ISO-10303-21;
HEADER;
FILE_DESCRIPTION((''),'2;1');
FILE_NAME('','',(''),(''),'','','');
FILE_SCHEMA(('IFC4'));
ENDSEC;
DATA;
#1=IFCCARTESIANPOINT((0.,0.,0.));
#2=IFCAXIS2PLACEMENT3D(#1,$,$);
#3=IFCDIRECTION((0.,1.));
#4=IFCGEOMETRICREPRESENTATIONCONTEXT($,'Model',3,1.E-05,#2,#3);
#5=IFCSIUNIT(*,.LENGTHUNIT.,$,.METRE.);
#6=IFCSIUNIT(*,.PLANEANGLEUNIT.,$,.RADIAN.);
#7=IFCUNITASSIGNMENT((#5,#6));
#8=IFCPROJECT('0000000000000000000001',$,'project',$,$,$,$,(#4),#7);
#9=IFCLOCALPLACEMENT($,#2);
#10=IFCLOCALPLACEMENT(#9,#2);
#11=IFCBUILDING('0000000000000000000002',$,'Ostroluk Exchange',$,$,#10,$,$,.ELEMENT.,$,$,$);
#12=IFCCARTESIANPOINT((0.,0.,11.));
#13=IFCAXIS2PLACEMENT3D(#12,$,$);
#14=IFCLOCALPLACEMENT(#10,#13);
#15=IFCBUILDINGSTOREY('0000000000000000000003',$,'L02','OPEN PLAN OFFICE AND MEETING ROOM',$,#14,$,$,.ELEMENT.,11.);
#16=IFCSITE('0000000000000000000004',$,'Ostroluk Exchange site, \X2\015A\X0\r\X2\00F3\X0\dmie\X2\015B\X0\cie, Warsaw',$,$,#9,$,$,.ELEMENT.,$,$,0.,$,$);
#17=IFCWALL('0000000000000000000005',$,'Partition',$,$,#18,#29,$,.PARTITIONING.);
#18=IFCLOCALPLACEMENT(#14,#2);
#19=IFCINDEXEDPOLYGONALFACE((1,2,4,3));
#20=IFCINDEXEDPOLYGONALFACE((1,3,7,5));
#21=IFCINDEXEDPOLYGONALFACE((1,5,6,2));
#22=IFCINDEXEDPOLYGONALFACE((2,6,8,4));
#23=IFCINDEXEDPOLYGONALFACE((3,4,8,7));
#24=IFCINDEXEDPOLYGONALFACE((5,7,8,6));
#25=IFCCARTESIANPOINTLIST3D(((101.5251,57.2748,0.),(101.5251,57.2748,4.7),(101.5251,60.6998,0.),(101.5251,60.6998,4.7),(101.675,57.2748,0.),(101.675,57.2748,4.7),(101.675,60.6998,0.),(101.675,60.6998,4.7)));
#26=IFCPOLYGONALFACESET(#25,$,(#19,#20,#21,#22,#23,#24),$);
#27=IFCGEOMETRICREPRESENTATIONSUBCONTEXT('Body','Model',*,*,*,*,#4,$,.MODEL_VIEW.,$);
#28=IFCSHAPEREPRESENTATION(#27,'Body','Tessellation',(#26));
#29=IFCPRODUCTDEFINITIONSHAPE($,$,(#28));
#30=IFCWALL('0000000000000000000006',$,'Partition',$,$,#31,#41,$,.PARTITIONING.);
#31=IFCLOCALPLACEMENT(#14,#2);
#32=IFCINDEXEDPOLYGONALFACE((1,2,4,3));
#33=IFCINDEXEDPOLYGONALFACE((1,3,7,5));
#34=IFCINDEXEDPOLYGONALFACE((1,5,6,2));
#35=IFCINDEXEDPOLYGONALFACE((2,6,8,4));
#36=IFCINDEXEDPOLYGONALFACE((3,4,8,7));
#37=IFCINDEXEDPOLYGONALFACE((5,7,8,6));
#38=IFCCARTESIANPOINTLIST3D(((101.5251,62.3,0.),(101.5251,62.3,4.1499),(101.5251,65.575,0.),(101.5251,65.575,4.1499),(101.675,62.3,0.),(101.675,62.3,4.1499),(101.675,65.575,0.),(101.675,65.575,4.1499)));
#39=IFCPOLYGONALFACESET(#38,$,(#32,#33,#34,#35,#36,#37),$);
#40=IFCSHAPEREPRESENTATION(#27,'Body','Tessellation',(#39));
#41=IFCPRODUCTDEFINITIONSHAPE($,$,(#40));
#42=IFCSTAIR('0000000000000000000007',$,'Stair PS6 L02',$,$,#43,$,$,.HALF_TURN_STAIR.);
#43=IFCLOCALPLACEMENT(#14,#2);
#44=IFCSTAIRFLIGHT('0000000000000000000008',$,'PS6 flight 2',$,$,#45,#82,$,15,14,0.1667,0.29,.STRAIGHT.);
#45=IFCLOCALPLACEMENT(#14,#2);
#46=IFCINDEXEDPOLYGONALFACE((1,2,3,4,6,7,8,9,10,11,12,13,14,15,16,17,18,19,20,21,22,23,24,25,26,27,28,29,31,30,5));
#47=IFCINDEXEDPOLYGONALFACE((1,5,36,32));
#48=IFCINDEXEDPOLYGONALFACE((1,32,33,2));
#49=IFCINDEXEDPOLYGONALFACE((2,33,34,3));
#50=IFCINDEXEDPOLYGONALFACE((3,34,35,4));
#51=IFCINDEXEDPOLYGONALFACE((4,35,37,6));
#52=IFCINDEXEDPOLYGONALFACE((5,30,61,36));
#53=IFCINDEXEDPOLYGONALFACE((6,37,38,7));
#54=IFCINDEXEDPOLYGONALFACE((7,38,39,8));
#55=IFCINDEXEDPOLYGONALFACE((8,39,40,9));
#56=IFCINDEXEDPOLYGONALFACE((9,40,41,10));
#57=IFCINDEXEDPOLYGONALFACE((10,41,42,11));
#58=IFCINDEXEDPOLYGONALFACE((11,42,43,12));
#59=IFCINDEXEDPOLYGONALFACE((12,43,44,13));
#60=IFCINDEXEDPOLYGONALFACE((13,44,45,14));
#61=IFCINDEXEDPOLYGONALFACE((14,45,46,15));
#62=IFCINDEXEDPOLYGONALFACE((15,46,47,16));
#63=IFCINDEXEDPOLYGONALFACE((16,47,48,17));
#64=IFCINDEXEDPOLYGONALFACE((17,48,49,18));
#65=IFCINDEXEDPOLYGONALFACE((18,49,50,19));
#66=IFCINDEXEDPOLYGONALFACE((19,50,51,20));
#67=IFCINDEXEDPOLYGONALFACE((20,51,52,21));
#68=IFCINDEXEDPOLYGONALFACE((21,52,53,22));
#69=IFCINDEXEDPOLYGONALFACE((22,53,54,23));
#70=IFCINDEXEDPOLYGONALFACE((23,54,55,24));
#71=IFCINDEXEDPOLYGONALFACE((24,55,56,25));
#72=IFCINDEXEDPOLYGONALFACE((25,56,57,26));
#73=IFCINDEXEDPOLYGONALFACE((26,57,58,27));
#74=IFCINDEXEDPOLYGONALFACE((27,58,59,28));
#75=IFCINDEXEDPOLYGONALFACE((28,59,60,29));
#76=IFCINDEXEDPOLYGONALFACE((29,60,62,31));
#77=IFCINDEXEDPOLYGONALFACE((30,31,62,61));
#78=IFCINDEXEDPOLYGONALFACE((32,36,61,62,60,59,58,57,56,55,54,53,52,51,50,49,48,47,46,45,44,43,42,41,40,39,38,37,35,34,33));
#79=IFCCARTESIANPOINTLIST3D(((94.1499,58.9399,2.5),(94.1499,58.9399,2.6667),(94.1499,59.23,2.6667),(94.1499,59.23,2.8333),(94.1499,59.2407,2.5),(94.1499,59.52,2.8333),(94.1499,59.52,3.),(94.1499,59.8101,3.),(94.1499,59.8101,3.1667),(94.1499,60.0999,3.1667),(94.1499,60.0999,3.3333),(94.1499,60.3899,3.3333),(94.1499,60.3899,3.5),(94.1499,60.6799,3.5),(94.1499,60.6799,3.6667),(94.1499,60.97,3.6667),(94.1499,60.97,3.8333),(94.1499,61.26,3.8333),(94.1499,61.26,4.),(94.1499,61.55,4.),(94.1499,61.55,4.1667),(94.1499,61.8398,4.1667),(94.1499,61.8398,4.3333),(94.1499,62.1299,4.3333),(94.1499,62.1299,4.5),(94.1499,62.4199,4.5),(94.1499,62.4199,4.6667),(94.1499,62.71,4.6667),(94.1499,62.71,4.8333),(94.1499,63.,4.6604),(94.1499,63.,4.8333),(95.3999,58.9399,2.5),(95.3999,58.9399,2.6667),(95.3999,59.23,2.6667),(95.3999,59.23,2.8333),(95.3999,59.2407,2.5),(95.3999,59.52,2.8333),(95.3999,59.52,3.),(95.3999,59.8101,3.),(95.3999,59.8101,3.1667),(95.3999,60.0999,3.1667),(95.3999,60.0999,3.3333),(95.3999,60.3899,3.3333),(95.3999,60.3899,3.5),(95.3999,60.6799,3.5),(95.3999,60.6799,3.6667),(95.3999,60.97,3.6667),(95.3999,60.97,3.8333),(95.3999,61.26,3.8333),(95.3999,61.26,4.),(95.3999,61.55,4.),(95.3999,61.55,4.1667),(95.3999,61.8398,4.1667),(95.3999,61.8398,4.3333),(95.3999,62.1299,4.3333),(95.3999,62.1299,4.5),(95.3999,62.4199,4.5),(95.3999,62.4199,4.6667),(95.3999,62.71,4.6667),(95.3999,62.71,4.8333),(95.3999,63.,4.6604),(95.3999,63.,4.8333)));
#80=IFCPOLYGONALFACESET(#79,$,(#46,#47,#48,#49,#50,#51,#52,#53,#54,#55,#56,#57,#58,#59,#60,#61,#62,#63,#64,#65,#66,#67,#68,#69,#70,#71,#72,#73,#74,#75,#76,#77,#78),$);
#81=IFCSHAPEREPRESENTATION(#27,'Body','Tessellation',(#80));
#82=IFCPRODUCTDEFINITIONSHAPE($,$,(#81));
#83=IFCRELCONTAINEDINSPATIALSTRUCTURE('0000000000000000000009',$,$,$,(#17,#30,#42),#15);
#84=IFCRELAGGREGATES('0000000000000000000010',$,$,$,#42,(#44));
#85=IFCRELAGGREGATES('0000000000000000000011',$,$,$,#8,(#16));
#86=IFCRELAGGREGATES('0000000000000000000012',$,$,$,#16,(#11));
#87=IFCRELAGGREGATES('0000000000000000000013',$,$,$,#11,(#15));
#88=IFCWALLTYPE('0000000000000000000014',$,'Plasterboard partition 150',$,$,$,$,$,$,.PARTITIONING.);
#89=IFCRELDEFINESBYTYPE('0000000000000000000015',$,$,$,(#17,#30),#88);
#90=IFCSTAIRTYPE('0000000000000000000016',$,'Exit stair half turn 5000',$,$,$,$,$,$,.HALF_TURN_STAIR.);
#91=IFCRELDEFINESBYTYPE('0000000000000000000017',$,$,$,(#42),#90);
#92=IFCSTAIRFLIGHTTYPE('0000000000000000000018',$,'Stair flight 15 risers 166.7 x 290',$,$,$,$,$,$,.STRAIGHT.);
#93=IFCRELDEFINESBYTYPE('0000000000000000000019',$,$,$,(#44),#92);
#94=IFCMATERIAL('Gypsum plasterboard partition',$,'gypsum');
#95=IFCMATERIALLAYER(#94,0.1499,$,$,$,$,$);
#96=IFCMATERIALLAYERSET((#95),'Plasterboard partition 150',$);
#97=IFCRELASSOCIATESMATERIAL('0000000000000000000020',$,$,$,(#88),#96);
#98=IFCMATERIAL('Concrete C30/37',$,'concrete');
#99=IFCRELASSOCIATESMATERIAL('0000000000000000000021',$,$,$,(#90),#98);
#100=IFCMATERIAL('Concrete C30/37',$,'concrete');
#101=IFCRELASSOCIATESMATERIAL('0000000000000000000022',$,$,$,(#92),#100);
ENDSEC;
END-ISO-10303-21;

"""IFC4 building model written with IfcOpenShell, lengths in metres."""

from ifc_helpers import new_model, si_unit, direction, frame, frame_2d, origin, place, context, subcontext, project, spatial, polyline, rectangle, outline, extrude, material, layer, layer_set, type_object, element, aggregate, save


model = new_model("IFC4")

# Units and contexts
model_context = context("Model", 3, precision=1e-05, world=origin(), true_north=direction((0.0, 1.0)))
body_context = subcontext(model_context, "Body", "Model", "MODEL_VIEW")
ifc_project = project(units=[si_unit("LENGTHUNIT", "METRE"), si_unit("PLANEANGLEUNIT", "RADIAN")], contexts=[model_context])

# Site, building, storey
site_placement = place(None, origin())
site = spatial("IfcSite", under=ifc_project, at=site_placement, Name="Ostroluk Exchange site, Śródmieście, Warsaw", CompositionType="ELEMENT", RefElevation=0.0)
building_placement = place(site_placement, origin())
building = spatial("IfcBuilding", under=site, at=building_placement, Name="Ostroluk Exchange", CompositionType="ELEMENT")
storey_placement = place(building_placement, frame((0.0, 0.0, 11.0)))
storey = spatial("IfcBuildingStorey", under=building, at=storey_placement, Name="L02", Description="OPEN PLAN OFFICE AND MEETING ROOM", CompositionType="ELEMENT", Elevation=11.0)

# Walls
ifc_material_1 = material(Name="Gypsum plasterboard partition", Category="gypsum")
ifc_layer_1 = layer(ifc_material_1, 0.1499)
ifc_layer_set_1 = layer_set([ifc_layer_1], Name="Plasterboard partition 150")
wall_type_1 = type_object("IfcWallType", Name="Plasterboard partition 150", PredefinedType="PARTITIONING", material=ifc_layer_set_1)
wall_1_placement = place(storey_placement, frame((101.6001, 57.2749, 0.0), z_axis=(0.0, 0.0, 1.0), x_axis=(0.0, 1.0, 0.0)))
element("IfcWall", 1, at=wall_1_placement, inside=storey, type_object=wall_type_1, Name="Partition", PredefinedType="PARTITIONING", context=body_context, shape_type="SweptSolid", body=[
    extrude(rectangle(XDim=3.425, YDim=0.1499, at=frame_2d((1.7124, 0.0))), origin(), (0.0, 0.0, 1.0), 4.7),
])
wall_2_placement = place(storey_placement, frame((101.6001, 62.3, 0.0), z_axis=(0.0, 0.0, 1.0), x_axis=(0.0, 1.0, 0.0)))
element("IfcWall", 2, at=wall_2_placement, inside=storey, type_object=wall_type_1, Name="Partition", PredefinedType="PARTITIONING", context=body_context, shape_type="SweptSolid", body=[
    extrude(rectangle(XDim=3.2749, YDim=0.1499, at=frame_2d((1.6375, 0.0))), origin(), (0.0, 0.0, 1.0), 4.1499),
])

# Stair, stair flight
ifc_material_2 = material(Name="Concrete C30/37", Category="concrete")
stair_type = type_object("IfcStairType", Name="Exit stair half turn 5000", PredefinedType="HALF_TURN_STAIR", material=ifc_material_2)
stair_placement = place(storey_placement, origin())
stair = element("IfcStair", 3, at=stair_placement, inside=storey, type_object=stair_type, Name="Stair PS6 L02", PredefinedType="HALF_TURN_STAIR")
ifc_material_3 = material(Name="Concrete C30/37", Category="concrete")
stair_flight_type = type_object("IfcStairFlightType", Name="Stair flight 15 risers 166.7 x 290", PredefinedType="STRAIGHT", material=ifc_material_3)
stair_flight_placement = place(storey_placement, frame((94.7749, 58.9399, 2.5), z_axis=(0.0, 0.0, 1.0), x_axis=(0.0, 1.0, 0.0)))
stair_flight = element("IfcStairFlight", 4, at=stair_flight_placement, type_object=stair_flight_type, Name="PS6 flight 2", NumberOfRisers=15, NumberOfTreads=14, PredefinedType="STRAIGHT", RiserHeight=0.1667, TreadLength=0.29, context=body_context, shape_type="SweptSolid", body=[
    extrude(outline(polyline([(0.0, 0.0), (0.0, 0.1667), (0.29, 0.1667), (0.29, 0.3333), (0.5801, 0.3333), (0.5801, 0.5), (0.8701, 0.5), (0.8701, 0.6667), (1.1599, 0.6667), (1.1599, 0.8333), (1.45, 0.8333), (1.45, 1.0), (1.74, 1.0), (1.74, 1.1667), (2.03, 1.1667), (2.03, 1.3333), (2.3201, 1.3333), (2.3201, 1.5), (2.6101, 1.5), (2.6101, 1.6667), (2.8999, 1.6667), (2.8999, 1.8333), (3.1899, 1.8333), (3.1899, 2.0), (3.48, 2.0), (3.48, 2.1667), (3.77, 2.1667), (3.77, 2.3333), (4.0601, 2.3333), (4.0601, 2.5), (4.0601, 2.1604), (0.3008, 0.0), (0.0, 0.0)])), frame((0.0, 0.625, 0.0), z_axis=(0.0, -1.0, 0.0), x_axis=(1.0, 0.0, 0.0)), (0.0, 0.0, 1.0), 1.25),
])
aggregate(stair, [stair_flight])

save(model, "model.ifc")
